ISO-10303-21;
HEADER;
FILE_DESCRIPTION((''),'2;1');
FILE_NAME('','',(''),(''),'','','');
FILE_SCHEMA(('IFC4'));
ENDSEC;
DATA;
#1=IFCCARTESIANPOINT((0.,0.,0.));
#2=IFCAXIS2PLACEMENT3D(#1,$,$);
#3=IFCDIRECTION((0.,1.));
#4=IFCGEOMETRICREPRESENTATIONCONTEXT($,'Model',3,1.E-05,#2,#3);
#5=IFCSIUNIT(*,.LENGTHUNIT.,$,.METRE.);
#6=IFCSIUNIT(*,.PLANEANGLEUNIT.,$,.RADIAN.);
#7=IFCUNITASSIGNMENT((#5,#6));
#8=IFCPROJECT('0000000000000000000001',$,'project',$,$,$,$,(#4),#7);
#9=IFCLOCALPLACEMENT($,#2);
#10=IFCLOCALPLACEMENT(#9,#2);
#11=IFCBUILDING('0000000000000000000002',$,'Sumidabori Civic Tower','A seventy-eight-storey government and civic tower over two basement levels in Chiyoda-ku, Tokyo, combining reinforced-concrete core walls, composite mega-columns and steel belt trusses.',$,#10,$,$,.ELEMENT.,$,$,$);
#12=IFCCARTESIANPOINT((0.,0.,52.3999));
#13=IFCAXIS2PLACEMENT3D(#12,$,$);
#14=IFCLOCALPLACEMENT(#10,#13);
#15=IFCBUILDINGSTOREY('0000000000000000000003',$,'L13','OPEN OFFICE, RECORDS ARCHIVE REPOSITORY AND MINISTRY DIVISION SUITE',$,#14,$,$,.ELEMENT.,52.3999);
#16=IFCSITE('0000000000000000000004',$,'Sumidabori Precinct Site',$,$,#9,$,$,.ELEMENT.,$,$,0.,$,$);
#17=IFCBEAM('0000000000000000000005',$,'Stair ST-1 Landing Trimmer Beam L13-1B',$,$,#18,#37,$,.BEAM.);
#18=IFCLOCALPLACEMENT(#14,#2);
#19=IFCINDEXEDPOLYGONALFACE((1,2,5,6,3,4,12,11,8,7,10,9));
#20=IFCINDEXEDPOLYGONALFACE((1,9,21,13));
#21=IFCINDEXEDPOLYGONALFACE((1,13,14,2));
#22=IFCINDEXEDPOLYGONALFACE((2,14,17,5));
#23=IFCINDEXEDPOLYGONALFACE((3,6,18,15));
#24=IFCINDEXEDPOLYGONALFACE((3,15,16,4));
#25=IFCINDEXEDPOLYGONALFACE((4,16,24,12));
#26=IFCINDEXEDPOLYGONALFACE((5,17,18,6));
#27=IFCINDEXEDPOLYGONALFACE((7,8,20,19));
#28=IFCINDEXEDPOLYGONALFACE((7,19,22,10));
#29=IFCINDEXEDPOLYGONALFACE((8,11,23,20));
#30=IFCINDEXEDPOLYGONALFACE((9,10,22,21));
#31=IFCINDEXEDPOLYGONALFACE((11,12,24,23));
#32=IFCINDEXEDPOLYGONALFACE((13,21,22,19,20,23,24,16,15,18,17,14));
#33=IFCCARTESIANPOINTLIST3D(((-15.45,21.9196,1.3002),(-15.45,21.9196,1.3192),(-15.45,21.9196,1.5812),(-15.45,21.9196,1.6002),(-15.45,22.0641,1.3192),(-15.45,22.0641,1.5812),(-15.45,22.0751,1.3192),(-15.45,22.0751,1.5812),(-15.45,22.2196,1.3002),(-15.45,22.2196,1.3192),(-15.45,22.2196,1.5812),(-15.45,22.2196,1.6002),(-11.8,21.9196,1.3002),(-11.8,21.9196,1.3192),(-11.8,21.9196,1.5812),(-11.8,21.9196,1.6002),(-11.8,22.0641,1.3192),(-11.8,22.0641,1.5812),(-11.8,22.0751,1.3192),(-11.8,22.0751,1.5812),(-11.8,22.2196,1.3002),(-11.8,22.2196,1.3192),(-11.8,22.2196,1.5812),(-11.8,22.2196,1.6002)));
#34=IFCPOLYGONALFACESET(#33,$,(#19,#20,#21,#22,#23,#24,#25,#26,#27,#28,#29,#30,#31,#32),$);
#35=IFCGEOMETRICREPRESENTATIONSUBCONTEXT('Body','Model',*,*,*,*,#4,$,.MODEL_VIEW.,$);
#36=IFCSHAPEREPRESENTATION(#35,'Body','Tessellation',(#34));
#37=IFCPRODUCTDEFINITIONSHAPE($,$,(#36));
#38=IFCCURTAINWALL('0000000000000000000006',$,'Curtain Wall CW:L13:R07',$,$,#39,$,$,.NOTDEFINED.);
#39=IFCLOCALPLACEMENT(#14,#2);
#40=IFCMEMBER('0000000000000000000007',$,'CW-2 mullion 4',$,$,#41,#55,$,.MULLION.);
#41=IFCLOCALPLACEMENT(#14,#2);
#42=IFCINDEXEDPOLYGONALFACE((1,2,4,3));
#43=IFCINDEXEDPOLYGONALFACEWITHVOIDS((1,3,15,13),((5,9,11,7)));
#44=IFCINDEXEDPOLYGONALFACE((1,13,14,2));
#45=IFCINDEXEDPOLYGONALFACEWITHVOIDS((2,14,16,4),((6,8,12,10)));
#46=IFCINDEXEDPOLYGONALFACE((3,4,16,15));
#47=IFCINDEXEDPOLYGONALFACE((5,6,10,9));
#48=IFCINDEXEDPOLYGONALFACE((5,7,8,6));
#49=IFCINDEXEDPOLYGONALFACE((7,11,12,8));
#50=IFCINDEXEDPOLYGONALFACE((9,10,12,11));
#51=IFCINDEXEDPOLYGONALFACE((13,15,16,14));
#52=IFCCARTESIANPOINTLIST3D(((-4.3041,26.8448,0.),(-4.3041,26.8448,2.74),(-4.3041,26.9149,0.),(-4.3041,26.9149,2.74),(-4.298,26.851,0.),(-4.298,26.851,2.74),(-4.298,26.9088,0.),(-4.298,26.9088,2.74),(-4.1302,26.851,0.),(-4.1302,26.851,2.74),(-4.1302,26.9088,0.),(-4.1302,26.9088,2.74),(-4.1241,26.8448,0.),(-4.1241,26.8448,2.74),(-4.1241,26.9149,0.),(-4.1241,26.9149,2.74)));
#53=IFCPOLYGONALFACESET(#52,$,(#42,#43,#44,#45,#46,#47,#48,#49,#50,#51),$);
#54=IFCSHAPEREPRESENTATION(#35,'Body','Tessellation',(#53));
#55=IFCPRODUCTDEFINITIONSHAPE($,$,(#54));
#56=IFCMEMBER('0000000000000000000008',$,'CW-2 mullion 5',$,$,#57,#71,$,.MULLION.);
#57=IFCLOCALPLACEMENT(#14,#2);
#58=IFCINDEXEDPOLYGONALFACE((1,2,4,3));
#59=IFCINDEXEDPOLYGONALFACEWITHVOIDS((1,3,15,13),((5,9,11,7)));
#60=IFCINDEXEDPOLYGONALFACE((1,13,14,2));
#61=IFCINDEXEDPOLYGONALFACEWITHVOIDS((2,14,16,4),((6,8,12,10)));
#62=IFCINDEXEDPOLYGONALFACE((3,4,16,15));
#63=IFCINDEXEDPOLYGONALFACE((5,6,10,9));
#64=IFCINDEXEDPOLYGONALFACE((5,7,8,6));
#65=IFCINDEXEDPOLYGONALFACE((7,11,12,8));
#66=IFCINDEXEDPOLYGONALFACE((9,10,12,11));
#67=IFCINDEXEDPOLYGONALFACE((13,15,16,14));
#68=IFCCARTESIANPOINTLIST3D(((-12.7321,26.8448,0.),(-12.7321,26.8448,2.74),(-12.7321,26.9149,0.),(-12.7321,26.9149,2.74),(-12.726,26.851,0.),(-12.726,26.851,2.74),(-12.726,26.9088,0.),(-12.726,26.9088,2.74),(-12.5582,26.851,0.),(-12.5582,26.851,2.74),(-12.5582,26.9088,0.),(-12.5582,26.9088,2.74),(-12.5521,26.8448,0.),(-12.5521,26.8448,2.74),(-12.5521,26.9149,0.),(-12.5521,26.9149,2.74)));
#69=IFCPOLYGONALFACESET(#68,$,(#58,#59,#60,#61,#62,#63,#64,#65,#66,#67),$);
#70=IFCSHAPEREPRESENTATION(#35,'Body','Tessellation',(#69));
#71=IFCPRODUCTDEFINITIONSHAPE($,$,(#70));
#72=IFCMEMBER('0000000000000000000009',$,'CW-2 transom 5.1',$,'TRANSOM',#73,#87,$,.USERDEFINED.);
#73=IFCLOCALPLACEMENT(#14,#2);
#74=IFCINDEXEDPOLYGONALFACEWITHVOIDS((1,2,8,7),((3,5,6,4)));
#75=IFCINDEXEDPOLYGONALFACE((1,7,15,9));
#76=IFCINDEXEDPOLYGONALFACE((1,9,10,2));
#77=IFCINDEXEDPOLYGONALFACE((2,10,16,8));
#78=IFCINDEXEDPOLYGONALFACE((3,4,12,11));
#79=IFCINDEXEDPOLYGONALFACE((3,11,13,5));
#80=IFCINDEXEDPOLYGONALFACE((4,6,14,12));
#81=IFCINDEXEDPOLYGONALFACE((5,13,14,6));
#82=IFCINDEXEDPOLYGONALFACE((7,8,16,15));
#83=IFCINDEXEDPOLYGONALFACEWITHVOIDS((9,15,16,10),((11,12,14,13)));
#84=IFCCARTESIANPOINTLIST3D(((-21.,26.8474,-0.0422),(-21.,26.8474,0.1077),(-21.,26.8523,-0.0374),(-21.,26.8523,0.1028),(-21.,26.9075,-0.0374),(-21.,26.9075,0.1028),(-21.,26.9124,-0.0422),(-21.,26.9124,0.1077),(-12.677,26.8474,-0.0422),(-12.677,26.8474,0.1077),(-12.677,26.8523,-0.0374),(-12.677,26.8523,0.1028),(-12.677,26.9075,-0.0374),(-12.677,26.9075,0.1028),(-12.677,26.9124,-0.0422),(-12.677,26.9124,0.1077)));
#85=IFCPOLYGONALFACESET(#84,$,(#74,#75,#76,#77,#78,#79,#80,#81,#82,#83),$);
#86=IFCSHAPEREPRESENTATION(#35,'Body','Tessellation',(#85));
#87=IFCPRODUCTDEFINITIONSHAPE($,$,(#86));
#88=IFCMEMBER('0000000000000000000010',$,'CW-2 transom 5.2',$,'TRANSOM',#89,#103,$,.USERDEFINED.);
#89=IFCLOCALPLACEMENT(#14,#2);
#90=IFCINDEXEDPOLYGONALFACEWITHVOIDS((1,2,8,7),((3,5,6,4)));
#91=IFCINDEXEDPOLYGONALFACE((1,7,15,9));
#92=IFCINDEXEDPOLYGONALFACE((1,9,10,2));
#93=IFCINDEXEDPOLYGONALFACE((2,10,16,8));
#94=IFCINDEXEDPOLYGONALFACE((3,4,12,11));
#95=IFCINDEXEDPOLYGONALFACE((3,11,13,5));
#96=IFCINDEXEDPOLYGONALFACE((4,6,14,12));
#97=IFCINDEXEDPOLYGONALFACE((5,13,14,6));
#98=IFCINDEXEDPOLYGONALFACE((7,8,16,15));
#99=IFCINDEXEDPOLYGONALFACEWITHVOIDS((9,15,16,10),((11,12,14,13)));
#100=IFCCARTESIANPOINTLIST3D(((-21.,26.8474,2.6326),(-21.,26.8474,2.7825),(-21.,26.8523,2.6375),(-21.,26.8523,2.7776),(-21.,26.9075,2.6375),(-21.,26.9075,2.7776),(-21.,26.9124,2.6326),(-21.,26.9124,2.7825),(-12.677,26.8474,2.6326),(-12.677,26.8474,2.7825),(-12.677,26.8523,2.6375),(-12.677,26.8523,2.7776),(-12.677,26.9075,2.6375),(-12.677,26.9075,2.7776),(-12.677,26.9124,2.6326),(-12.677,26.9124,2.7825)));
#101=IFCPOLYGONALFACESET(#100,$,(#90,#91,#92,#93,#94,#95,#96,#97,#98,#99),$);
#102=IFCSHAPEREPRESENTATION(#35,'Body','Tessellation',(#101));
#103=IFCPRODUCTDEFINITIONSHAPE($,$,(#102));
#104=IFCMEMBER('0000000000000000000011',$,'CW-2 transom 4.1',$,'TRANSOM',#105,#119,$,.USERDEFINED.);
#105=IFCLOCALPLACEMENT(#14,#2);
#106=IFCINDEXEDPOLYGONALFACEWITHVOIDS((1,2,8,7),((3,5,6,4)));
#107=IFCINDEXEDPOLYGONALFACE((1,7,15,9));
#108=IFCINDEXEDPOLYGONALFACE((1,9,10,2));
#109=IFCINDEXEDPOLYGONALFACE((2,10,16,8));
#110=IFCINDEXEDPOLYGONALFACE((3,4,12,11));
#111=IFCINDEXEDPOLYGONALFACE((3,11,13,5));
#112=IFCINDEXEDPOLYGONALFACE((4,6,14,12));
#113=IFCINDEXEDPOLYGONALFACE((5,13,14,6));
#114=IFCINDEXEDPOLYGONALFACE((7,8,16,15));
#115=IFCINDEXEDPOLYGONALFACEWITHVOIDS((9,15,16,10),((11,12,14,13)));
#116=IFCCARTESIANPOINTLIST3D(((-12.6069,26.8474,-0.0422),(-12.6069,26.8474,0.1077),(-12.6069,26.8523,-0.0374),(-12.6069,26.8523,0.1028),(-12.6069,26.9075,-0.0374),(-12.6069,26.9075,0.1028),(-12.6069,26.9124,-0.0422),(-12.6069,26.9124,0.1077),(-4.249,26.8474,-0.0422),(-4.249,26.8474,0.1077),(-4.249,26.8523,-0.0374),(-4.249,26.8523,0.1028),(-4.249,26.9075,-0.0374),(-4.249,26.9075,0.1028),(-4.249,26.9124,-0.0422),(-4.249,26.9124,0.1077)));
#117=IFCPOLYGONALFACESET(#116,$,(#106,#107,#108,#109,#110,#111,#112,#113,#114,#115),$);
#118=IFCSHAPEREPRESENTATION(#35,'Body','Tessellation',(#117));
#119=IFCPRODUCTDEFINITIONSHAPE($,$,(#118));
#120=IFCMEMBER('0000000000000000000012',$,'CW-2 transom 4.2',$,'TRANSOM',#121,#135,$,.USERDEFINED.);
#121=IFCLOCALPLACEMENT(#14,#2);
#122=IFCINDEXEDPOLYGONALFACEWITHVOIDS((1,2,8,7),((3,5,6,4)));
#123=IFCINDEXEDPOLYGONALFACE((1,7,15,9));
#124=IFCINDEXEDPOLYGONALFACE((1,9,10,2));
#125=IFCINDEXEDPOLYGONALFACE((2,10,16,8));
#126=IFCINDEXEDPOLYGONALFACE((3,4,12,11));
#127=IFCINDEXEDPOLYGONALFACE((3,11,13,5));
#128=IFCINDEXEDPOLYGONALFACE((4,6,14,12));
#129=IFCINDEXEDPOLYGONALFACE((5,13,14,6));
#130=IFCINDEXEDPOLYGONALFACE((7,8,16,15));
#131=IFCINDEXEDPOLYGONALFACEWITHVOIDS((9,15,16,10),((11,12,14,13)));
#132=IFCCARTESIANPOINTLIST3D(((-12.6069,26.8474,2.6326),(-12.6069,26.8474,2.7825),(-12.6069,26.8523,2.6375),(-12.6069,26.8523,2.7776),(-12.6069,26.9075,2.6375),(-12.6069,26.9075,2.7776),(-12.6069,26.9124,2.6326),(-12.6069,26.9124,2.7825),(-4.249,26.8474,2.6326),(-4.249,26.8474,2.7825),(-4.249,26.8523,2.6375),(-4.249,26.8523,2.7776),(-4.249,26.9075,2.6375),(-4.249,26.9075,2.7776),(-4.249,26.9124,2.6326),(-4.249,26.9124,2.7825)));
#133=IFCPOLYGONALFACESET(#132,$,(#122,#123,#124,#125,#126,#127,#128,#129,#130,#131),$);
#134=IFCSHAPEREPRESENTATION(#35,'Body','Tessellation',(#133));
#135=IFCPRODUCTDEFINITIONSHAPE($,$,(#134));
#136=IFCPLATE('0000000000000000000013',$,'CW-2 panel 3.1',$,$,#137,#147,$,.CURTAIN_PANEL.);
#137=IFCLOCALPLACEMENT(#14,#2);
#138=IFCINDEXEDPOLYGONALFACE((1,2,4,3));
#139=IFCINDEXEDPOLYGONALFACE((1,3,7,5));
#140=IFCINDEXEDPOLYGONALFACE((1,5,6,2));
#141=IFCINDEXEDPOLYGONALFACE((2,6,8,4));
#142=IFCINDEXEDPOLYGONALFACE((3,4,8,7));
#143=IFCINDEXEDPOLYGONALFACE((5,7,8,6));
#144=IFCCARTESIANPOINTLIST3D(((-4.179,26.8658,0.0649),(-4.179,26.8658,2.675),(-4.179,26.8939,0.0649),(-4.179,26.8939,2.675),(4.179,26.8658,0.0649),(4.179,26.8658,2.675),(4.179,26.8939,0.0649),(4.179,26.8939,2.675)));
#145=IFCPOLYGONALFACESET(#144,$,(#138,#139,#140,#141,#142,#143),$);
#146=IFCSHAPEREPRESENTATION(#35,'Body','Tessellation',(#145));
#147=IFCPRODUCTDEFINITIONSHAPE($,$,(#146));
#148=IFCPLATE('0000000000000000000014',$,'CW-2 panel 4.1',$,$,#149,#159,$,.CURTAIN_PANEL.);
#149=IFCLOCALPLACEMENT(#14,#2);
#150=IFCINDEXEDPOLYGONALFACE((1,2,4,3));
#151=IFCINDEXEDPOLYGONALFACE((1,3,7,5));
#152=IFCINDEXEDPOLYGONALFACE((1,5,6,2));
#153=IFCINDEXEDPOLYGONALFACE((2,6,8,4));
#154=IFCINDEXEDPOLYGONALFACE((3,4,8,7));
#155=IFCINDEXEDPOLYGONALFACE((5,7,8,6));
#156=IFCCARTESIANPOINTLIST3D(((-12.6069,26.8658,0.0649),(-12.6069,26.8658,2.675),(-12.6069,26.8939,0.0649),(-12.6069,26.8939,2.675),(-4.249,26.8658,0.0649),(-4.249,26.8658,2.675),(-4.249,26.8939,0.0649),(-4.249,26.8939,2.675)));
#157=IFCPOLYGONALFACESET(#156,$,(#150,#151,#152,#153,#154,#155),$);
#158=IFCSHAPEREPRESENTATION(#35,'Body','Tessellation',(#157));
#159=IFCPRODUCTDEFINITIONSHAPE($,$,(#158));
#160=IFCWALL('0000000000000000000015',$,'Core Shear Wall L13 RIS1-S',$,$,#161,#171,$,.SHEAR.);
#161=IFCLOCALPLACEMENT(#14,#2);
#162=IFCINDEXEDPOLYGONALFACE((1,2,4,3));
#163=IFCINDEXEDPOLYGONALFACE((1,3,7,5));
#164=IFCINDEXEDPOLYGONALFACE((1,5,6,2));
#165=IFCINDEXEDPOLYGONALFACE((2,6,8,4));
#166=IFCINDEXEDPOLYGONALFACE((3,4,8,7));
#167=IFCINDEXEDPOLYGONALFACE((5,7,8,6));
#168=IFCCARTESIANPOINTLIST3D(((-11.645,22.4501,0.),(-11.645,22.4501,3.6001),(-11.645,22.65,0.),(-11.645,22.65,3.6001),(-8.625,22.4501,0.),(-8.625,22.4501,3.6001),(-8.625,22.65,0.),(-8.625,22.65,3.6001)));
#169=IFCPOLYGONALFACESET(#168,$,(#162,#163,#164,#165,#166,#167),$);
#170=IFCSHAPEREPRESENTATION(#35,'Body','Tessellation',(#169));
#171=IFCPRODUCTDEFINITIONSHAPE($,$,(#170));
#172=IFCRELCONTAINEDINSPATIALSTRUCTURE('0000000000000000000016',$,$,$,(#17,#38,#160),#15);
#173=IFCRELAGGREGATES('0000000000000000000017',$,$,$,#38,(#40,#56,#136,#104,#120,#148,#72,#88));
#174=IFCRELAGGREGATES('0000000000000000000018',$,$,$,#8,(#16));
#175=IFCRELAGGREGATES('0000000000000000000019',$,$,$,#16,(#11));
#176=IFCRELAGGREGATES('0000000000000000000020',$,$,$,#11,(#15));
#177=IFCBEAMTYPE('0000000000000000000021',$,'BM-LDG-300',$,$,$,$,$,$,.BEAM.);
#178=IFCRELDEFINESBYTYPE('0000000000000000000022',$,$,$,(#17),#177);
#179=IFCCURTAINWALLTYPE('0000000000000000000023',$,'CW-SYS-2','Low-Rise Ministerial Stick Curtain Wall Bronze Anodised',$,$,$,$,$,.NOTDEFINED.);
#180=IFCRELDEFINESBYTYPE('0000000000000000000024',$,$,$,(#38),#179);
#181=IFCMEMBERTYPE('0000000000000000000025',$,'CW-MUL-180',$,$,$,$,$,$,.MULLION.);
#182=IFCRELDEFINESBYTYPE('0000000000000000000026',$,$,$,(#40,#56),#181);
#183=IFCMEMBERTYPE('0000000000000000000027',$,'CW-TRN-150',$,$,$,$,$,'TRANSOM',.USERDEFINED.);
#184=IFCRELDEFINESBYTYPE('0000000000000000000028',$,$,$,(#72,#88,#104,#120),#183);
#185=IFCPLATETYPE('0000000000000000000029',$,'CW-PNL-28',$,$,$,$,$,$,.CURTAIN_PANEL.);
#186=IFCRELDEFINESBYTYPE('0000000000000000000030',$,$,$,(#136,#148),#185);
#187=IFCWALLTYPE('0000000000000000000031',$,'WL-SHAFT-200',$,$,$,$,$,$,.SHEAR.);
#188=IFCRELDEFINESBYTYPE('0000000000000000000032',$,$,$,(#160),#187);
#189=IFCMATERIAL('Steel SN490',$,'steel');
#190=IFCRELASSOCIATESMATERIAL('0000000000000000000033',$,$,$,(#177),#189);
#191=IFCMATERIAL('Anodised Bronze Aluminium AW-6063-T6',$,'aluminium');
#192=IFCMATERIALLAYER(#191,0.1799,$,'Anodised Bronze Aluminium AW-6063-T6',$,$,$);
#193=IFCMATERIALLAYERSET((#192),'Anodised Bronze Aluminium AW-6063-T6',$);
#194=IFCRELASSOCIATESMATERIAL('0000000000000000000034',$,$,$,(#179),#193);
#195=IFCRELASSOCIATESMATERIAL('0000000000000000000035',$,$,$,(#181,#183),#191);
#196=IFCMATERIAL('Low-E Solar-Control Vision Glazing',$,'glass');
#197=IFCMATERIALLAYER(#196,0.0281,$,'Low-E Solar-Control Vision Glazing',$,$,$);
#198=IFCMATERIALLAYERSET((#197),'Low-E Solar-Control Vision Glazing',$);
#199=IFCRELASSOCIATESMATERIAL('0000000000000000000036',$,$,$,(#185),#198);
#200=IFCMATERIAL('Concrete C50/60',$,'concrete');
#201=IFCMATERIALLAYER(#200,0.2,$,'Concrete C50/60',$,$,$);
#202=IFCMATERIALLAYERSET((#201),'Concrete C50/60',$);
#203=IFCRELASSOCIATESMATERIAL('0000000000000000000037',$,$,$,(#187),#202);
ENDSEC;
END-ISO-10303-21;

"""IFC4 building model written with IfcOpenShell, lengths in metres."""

from ifc_helpers import new_model, si_unit, direction, frame, frame_2d, origin, origin_2d, place, context, subcontext, project, spatial, rectangle, hollow_rectangle, i_section, extrude, source, transform, mapped, material, layer, layer_set, material_profile, profile_set, type_object, element, aggregate, save


model = new_model("IFC4")

# Units and contexts
model_context = context("Model", 3, precision=1e-05, world=origin(), true_north=direction((0.0, 1.0)))
body_context = subcontext(model_context, "Body", "Model", "MODEL_VIEW")
ifc_project = project(units=[si_unit("LENGTHUNIT", "METRE"), si_unit("PLANEANGLEUNIT", "RADIAN")], contexts=[model_context])

# Site, building, storey
site_placement = place(None, origin())
site = spatial("IfcSite", under=ifc_project, at=site_placement, Name="Sumidabori Precinct Site", CompositionType="ELEMENT", RefElevation=0.0)
building_placement = place(site_placement, origin())
building = spatial("IfcBuilding", under=site, at=building_placement, Name="Sumidabori Civic Tower", Description="A seventy-eight-storey government and civic tower over two basement levels in Chiyoda-ku, Tokyo, combining reinforced-concrete core walls, composite mega-columns and steel belt trusses.", CompositionType="ELEMENT")
storey_placement = place(building_placement, frame((0.0, 0.0, 52.3999)))
storey = spatial("IfcBuildingStorey", under=building, at=storey_placement, Name="L13", Description="OPEN OFFICE, RECORDS ARCHIVE REPOSITORY AND MINISTRY DIVISION SUITE", CompositionType="ELEMENT", Elevation=52.3999)

# Beam
ifc_material_1 = material(Name="Steel SN490", Category="steel")
ifc_material_profile_1 = material_profile(ifc_material_1, i_section(OverallWidth=0.3, OverallDepth=0.3, WebThickness=0.011, FlangeThickness=0.019, at=origin_2d()), Name="HE 300 B")
ifc_profile_set_1 = profile_set([ifc_material_profile_1], Name="Steel SN490")
beam_type = type_object("IfcBeamType", Name="BM-LDG-300", PredefinedType="BEAM", material=ifc_profile_set_1)
shared_shape_1 = source(origin(), body_context, "Body", "SweptSolid", [
    extrude(i_section(OverallWidth=0.3, OverallDepth=0.3, WebThickness=0.011, FlangeThickness=0.019, at=origin_2d()), origin(), (0.0, 0.0, 1.0), 3.6499),
])
beam_placement = place(storey_placement, frame((-15.45, 22.0696, 1.4502), z_axis=(1.0, 0.0, 0.0), x_axis=(0.0, 1.0, 0.0)))
element("IfcBeam", 1, at=beam_placement, inside=storey, type_object=beam_type, Name="Stair ST-1 Landing Trimmer Beam L13-1B", PredefinedType="BEAM", context=body_context, shape_type="MappedRepresentation", body=[
    mapped(shared_shape_1, transform((0.0, 0.0, 0.0), x_axis=(1.0, 0.0, 0.0), y_axis=(0.0, 1.0, 0.0), z_axis=(0.0, 0.0, 1.0), scale=1.0)),
])

# Curtain wall, members, plates
ifc_material_2 = material(Name="Anodised Bronze Aluminium AW-6063-T6", Category="aluminium")
ifc_layer_1 = layer(ifc_material_2, 0.1799, Name="Anodised Bronze Aluminium AW-6063-T6")
ifc_layer_set_1 = layer_set([ifc_layer_1], Name="Anodised Bronze Aluminium AW-6063-T6")
curtain_wall_type = type_object("IfcCurtainWallType", Name="CW-SYS-2", Description="Low-Rise Ministerial Stick Curtain Wall Bronze Anodised", PredefinedType="NOTDEFINED", material=ifc_layer_set_1)
curtain_wall_placement = place(storey_placement, origin())
curtain_wall = element("IfcCurtainWall", 2, at=curtain_wall_placement, inside=storey, type_object=curtain_wall_type, Name="Curtain Wall CW:L13:R07", PredefinedType="NOTDEFINED")
ifc_material_profile_2 = material_profile(ifc_material_2, hollow_rectangle(XDim=0.0701, YDim=0.1799, WallThickness=0.0061, at=origin_2d()), Name="ALU MULLION 180x70")
ifc_profile_set_2 = profile_set([ifc_material_profile_2], Name="Anodised Bronze Aluminium AW-6063-T6")
member_type_1 = type_object("IfcMemberType", Name="CW-MUL-180", PredefinedType="MULLION", material=ifc_profile_set_2)
shared_shape_2 = source(origin(), body_context, "Body", "SweptSolid", [
    extrude(hollow_rectangle(XDim=0.0701, YDim=0.1799, WallThickness=0.0061, at=origin_2d()), origin(), (0.0, 0.0, 1.0), 2.74),
])
member_1_placement = place(storey_placement, frame((-4.2141, 26.8799, 0.0), z_axis=(0.0, 0.0, 1.0), x_axis=(0.0, -1.0, 0.0)))
member_1 = element("IfcMember", 3, at=member_1_placement, type_object=member_type_1, Name="CW-2 mullion 4", PredefinedType="MULLION", context=body_context, shape_type="MappedRepresentation", body=[
    mapped(shared_shape_2, transform((0.0, 0.0, 0.0), x_axis=(1.0, 0.0, 0.0), y_axis=(0.0, 1.0, 0.0), z_axis=(0.0, 0.0, 1.0), scale=1.0)),
])
member_2_placement = place(storey_placement, frame((-12.6421, 26.8799, 0.0), z_axis=(0.0, 0.0, 1.0), x_axis=(0.0, -1.0, 0.0)))
member_2 = element("IfcMember", 4, at=member_2_placement, type_object=member_type_1, Name="CW-2 mullion 5", PredefinedType="MULLION", context=body_context, shape_type="MappedRepresentation", body=[
    mapped(shared_shape_2, transform((0.0, 0.0, 0.0), x_axis=(1.0, 0.0, 0.0), y_axis=(0.0, 1.0, 0.0), z_axis=(0.0, 0.0, 1.0), scale=1.0)),
])
ifc_material_profile_3 = material_profile(ifc_material_2, hollow_rectangle(XDim=0.0649, YDim=0.1499, WallThickness=0.0049, at=origin_2d()), Name="ALU TRANSOM 150x65")
ifc_profile_set_3 = profile_set([ifc_material_profile_3], Name="Anodised Bronze Aluminium AW-6063-T6")
member_type_2 = type_object("IfcMemberType", Name="CW-TRN-150", ElementType="TRANSOM", PredefinedType="USERDEFINED", material=ifc_profile_set_3)
shared_shape_3 = source(origin(), body_context, "Body", "SweptSolid", [
    extrude(hollow_rectangle(XDim=0.0649, YDim=0.1499, WallThickness=0.0049, at=origin_2d()), origin(), (0.0, 0.0, 1.0), 8.323),
])
member_3_placement = place(storey_placement, frame((-12.677, 26.8799, 0.0327), z_axis=(-1.0, 0.0, 0.0), x_axis=(0.0, -1.0, 0.0)))
member_3 = element("IfcMember", 5, at=member_3_placement, type_object=member_type_2, Name="CW-2 transom 5.1", ObjectType="TRANSOM", PredefinedType="USERDEFINED", context=body_context, shape_type="MappedRepresentation", body=[
    mapped(shared_shape_3, transform((0.0, 0.0, 0.0), x_axis=(1.0, 0.0, 0.0), y_axis=(0.0, 1.0, 0.0), z_axis=(0.0, 0.0, 1.0), scale=1.0)),
])
member_4_placement = place(storey_placement, frame((-12.677, 26.8799, 2.7075), z_axis=(-1.0, 0.0, 0.0), x_axis=(0.0, -1.0, 0.0)))
member_4 = element("IfcMember", 6, at=member_4_placement, type_object=member_type_2, Name="CW-2 transom 5.2", ObjectType="TRANSOM", PredefinedType="USERDEFINED", context=body_context, shape_type="MappedRepresentation", body=[
    mapped(shared_shape_3, transform((0.0, 0.0, 0.0), x_axis=(1.0, 0.0, 0.0), y_axis=(0.0, 1.0, 0.0), z_axis=(0.0, 0.0, 1.0), scale=1.0)),
])
shared_shape_4 = source(origin(), body_context, "Body", "SweptSolid", [
    extrude(hollow_rectangle(XDim=0.0649, YDim=0.1499, WallThickness=0.0049, at=origin_2d()), origin(), (0.0, 0.0, 1.0), 8.3579),
])
member_5_placement = place(storey_placement, frame((-4.249, 26.8799, 0.0327), z_axis=(-1.0, 0.0, 0.0), x_axis=(0.0, -1.0, 0.0)))
member_5 = element("IfcMember", 7, at=member_5_placement, type_object=member_type_2, Name="CW-2 transom 4.1", ObjectType="TRANSOM", PredefinedType="USERDEFINED", context=body_context, shape_type="MappedRepresentation", body=[
    mapped(shared_shape_4, transform((0.0, 0.0, 0.0), x_axis=(1.0, 0.0, 0.0), y_axis=(0.0, 1.0, 0.0), z_axis=(0.0, 0.0, 1.0), scale=1.0)),
])
member_6_placement = place(storey_placement, frame((-4.249, 26.8799, 2.7075), z_axis=(-1.0, 0.0, 0.0), x_axis=(0.0, -1.0, 0.0)))
member_6 = element("IfcMember", 8, at=member_6_placement, type_object=member_type_2, Name="CW-2 transom 4.2", ObjectType="TRANSOM", PredefinedType="USERDEFINED", context=body_context, shape_type="MappedRepresentation", body=[
    mapped(shared_shape_4, transform((0.0, 0.0, 0.0), x_axis=(1.0, 0.0, 0.0), y_axis=(0.0, 1.0, 0.0), z_axis=(0.0, 0.0, 1.0), scale=1.0)),
])
ifc_material_3 = material(Name="Low-E Solar-Control Vision Glazing", Category="glass")
ifc_layer_2 = layer(ifc_material_3, 0.0281, Name="Low-E Solar-Control Vision Glazing")
ifc_layer_set_2 = layer_set([ifc_layer_2], Name="Low-E Solar-Control Vision Glazing")
plate_type = type_object("IfcPlateType", Name="CW-PNL-28", PredefinedType="CURTAIN_PANEL", material=ifc_layer_set_2)
shared_shape_5 = source(origin(), body_context, "Body", "SweptSolid", [
    extrude(rectangle(XDim=8.3579, YDim=0.0281, at=origin_2d()), origin(), (0.0, 0.0, 1.0), 2.6101),
])
plate_1_placement = place(storey_placement, frame((0.0, 26.8799, 0.0649), z_axis=(0.0, 0.0, 1.0), x_axis=(-1.0, 0.0, 0.0)))
plate_1 = element("IfcPlate", 9, at=plate_1_placement, type_object=plate_type, Name="CW-2 panel 3.1", PredefinedType="CURTAIN_PANEL", context=body_context, shape_type="MappedRepresentation", body=[
    mapped(shared_shape_5, transform((0.0, 0.0, 0.0), x_axis=(1.0, 0.0, 0.0), y_axis=(0.0, 1.0, 0.0), z_axis=(0.0, 0.0, 1.0), scale=1.0)),
])
plate_2_placement = place(storey_placement, frame((-8.428, 26.8799, 0.0649), z_axis=(0.0, 0.0, 1.0), x_axis=(-1.0, 0.0, 0.0)))
plate_2 = element("IfcPlate", 10, at=plate_2_placement, type_object=plate_type, Name="CW-2 panel 4.1", PredefinedType="CURTAIN_PANEL", context=body_context, shape_type="MappedRepresentation", body=[
    mapped(shared_shape_5, transform((0.0, 0.0, 0.0), x_axis=(1.0, 0.0, 0.0), y_axis=(0.0, 1.0, 0.0), z_axis=(0.0, 0.0, 1.0), scale=1.0)),
])
aggregate(curtain_wall, [member_1, member_2, plate_1, member_5, member_6, plate_2, member_3, member_4])

# Wall
ifc_material_4 = material(Name="Concrete C50/60", Category="concrete")
ifc_layer_3 = layer(ifc_material_4, 0.2, Name="Concrete C50/60")
ifc_layer_set_3 = layer_set([ifc_layer_3], Name="Concrete C50/60")
wall_type_1 = type_object("IfcWallType", Name="WL-SHAFT-200", PredefinedType="SHEAR", material=ifc_layer_set_3)
shared_shape_6 = source(origin(), body_context, "Body", "SweptSolid", [
    extrude(rectangle(XDim=3.02, YDim=0.2, at=frame_2d((1.51, 0.0))), origin(), (0.0, 0.0, 1.0), 3.6001),
])
wall_1_placement = place(storey_placement, frame((-11.645, 22.55, 0.0), z_axis=(0.0, 0.0, 1.0), x_axis=(1.0, 0.0, 0.0)))
element("IfcWall", 11, at=wall_1_placement, inside=storey, type_object=wall_type_1, Name="Core Shear Wall L13 RIS1-S", PredefinedType="SHEAR", context=body_context, shape_type="MappedRepresentation", body=[
    mapped(shared_shape_6, transform((0.0, 0.0, 0.0), x_axis=(1.0, 0.0, 0.0), y_axis=(0.0, 1.0, 0.0), z_axis=(0.0, 0.0, 1.0), scale=1.0)),
])

save(model, "model.ifc")
